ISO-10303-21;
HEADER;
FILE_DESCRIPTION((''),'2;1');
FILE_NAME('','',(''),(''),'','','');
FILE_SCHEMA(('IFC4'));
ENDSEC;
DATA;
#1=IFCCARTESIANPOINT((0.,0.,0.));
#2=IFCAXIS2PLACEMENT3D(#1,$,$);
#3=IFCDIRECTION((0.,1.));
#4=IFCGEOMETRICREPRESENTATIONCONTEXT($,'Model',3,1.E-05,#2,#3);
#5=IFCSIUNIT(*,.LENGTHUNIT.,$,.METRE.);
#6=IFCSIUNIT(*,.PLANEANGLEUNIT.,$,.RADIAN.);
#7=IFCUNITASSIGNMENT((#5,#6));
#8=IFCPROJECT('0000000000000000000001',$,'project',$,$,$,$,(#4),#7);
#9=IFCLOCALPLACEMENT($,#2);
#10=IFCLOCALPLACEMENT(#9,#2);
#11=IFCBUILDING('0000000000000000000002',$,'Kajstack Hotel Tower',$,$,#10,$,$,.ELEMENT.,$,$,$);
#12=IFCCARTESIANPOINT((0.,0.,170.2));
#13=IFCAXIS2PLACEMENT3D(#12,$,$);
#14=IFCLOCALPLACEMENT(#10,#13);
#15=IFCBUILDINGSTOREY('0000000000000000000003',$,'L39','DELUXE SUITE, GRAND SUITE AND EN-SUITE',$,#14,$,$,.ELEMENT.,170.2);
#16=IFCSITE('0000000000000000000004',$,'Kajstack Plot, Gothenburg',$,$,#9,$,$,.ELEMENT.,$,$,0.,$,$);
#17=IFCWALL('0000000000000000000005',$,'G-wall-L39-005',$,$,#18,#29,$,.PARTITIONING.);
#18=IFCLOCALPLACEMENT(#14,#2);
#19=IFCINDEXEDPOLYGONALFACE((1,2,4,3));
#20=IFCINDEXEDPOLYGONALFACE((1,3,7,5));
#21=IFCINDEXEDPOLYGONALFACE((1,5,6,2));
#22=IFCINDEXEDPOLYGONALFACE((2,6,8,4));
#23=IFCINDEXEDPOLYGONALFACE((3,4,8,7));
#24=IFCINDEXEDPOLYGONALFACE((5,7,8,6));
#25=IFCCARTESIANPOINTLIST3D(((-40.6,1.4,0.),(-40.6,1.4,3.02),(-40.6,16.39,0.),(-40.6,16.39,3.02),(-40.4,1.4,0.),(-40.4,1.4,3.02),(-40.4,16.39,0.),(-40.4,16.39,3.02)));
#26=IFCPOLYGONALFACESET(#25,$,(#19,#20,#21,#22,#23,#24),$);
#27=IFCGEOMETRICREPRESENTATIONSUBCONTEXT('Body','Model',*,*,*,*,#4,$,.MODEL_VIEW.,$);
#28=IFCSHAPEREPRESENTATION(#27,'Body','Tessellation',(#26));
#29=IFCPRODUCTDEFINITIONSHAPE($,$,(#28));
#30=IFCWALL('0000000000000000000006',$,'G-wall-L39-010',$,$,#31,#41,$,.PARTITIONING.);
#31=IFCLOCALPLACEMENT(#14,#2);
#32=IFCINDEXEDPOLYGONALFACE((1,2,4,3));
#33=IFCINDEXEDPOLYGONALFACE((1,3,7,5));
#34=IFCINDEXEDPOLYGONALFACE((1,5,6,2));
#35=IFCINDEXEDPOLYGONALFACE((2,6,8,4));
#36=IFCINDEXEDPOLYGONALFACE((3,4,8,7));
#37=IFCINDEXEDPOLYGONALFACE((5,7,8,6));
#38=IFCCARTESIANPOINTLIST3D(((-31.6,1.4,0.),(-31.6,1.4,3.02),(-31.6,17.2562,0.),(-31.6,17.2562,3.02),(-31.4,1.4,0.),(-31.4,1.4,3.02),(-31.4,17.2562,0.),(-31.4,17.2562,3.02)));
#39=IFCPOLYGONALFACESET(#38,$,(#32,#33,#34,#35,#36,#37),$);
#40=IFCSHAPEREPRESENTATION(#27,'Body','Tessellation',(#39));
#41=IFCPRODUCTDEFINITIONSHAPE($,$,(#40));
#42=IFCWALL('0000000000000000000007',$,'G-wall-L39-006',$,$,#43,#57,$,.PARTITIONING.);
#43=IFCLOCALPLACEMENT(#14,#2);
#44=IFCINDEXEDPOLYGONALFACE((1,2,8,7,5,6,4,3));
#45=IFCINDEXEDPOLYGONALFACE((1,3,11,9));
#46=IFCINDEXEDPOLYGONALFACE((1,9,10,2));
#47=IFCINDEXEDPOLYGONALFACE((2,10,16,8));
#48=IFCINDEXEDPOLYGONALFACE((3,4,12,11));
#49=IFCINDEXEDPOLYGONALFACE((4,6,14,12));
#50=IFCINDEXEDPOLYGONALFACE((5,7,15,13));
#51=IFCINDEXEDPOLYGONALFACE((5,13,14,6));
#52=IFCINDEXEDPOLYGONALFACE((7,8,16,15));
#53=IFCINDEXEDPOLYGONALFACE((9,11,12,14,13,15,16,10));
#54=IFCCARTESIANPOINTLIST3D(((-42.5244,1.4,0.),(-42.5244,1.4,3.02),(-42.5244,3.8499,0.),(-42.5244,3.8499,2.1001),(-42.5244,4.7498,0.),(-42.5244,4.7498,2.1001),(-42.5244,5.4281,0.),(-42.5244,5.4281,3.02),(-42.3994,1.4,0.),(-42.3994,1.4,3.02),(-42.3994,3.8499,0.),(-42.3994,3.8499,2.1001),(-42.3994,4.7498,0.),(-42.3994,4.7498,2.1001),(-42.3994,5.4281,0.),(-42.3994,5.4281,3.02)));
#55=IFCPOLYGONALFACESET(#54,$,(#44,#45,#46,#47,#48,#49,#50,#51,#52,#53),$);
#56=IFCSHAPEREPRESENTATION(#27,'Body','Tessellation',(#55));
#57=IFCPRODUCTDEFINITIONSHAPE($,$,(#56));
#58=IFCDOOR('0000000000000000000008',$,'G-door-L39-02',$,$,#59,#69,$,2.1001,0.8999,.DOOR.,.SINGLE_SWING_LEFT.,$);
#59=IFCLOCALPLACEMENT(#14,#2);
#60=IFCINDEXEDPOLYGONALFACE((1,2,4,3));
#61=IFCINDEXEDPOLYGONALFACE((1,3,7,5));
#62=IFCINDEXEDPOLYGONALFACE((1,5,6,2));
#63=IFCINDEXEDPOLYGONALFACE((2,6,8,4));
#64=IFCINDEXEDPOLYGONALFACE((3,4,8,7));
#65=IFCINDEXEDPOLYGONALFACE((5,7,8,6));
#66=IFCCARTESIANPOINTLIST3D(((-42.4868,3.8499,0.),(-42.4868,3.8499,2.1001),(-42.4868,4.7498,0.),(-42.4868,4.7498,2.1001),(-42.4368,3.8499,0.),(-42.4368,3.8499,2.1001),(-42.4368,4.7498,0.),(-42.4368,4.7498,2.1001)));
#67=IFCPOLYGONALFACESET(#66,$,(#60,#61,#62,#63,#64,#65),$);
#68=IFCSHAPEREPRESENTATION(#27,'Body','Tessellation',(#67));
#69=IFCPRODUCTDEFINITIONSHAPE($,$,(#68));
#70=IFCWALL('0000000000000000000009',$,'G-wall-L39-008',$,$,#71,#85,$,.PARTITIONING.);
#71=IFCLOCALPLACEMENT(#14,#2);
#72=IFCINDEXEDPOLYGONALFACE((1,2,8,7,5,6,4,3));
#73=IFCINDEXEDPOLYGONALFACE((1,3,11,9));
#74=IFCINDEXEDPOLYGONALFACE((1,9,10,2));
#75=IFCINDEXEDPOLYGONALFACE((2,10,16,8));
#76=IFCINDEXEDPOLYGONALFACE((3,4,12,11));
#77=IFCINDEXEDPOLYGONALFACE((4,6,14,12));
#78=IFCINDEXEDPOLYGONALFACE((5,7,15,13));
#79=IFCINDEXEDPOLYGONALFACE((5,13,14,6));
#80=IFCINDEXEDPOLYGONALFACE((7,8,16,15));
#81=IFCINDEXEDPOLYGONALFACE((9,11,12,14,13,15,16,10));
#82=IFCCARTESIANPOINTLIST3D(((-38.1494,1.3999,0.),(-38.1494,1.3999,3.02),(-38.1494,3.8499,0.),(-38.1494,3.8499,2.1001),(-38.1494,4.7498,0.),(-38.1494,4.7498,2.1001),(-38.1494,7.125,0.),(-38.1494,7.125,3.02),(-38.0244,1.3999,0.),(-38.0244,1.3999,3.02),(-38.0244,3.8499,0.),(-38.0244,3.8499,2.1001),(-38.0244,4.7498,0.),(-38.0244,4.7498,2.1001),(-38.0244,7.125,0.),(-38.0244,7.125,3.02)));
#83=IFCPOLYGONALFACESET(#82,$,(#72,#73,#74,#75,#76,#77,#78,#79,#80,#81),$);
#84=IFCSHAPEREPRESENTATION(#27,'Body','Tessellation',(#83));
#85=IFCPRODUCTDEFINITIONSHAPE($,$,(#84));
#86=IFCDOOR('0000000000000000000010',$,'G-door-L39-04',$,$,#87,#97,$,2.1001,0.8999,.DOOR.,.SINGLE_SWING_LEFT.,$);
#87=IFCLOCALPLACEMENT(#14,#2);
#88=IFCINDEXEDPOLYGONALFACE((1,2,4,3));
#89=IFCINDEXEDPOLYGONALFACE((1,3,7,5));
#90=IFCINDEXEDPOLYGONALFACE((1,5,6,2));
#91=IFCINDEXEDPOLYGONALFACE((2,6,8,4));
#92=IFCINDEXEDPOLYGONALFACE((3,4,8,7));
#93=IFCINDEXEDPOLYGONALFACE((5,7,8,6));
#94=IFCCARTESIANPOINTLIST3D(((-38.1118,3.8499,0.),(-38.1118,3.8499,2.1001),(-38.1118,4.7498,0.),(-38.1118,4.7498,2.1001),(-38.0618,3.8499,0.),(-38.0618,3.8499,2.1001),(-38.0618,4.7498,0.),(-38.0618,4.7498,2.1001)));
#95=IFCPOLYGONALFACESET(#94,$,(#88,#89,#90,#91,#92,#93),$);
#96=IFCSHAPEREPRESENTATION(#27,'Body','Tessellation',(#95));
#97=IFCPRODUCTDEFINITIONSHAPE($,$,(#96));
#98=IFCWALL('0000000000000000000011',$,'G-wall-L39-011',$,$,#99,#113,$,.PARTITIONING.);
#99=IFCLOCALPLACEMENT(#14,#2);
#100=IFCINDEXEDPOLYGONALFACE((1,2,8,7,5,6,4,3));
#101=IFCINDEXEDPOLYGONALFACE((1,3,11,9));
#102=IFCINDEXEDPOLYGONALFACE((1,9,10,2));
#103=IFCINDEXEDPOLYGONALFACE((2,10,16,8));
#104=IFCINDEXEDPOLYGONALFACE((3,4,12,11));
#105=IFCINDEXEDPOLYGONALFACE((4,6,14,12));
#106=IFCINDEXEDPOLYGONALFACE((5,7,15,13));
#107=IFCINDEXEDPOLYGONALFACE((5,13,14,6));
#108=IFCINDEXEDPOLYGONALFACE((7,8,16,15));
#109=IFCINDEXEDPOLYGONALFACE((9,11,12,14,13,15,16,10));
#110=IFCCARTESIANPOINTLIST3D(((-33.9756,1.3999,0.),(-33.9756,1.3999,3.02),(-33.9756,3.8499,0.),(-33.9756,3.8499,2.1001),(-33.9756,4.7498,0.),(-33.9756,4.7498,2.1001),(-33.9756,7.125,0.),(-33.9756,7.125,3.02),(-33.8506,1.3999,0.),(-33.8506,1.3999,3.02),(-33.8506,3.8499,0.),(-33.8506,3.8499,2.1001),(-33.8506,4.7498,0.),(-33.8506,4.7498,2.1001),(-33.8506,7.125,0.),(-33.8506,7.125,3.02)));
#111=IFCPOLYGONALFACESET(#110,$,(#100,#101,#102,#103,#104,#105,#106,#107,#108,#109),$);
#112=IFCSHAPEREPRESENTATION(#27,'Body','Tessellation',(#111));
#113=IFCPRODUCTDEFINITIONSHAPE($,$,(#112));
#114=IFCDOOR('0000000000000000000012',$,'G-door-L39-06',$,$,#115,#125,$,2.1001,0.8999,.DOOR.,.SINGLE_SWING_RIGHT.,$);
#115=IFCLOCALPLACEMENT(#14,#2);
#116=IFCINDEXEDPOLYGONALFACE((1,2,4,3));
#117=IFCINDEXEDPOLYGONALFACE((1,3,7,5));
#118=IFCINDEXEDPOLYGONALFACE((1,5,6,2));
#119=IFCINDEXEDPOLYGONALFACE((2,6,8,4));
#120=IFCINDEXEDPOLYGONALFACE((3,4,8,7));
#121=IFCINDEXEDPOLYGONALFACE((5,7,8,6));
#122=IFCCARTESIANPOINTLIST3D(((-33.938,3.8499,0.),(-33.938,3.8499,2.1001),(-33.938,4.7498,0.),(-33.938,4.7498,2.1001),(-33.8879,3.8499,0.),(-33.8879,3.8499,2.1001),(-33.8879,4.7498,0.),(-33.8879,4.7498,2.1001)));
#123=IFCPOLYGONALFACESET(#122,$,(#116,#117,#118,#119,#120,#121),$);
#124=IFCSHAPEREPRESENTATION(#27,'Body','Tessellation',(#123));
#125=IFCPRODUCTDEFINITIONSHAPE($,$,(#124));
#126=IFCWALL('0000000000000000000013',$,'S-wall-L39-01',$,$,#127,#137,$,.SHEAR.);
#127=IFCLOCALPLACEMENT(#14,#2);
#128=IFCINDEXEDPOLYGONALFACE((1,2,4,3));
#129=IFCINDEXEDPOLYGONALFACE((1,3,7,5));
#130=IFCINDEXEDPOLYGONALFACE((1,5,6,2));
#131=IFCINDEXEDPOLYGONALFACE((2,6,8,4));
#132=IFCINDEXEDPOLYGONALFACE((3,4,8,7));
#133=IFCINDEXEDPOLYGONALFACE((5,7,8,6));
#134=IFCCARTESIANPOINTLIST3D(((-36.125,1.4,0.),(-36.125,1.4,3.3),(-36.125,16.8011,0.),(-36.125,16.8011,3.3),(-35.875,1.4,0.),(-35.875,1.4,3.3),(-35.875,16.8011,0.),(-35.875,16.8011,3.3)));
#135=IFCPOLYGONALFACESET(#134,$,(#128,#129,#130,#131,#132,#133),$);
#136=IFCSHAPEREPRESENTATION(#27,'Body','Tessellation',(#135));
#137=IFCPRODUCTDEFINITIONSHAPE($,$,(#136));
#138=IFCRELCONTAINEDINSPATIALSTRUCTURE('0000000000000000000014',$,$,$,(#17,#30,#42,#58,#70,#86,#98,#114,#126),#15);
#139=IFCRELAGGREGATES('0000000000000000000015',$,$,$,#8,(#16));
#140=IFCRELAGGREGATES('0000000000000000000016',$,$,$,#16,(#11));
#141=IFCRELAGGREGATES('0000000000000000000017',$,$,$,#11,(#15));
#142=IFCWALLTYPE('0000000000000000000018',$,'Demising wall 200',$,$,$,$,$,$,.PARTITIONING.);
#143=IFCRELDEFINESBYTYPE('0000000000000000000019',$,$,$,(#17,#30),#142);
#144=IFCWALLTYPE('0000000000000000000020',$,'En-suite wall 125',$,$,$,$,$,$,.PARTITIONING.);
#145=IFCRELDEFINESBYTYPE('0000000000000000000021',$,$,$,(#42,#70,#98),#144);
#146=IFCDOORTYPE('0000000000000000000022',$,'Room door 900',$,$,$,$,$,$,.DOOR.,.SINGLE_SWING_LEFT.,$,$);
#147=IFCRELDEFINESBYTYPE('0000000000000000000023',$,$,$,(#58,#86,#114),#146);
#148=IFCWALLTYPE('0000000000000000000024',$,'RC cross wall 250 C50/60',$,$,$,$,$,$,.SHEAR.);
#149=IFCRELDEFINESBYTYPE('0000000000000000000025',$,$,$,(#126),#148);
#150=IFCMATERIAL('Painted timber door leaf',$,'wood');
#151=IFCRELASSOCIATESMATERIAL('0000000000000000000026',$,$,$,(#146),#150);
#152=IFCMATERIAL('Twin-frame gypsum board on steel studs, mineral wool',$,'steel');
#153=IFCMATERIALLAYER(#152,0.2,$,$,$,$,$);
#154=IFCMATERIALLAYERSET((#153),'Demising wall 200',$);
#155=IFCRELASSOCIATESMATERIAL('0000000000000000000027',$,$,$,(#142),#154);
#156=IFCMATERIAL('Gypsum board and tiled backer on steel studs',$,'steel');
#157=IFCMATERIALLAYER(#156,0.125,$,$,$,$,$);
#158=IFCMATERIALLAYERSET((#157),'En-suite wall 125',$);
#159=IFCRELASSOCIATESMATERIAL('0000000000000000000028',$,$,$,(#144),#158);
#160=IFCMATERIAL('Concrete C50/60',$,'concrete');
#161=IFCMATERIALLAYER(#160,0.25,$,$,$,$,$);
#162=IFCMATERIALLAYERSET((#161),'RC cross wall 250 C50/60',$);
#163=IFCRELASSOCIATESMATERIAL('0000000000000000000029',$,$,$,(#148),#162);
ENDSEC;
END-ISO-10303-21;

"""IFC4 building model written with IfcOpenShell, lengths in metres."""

from ifc_helpers import new_model, si_unit, direction, frame, frame_2d, origin, place, context, subcontext, project, spatial, rectangle, extrude, material, layer, layer_set, type_object, element, fill, save


model = new_model("IFC4")

# Units and contexts
model_context = context("Model", 3, precision=1e-05, world=origin(), true_north=direction((0.0, 1.0)))
body_context = subcontext(model_context, "Body", "Model", "MODEL_VIEW")
ifc_project = project(units=[si_unit("LENGTHUNIT", "METRE"), si_unit("PLANEANGLEUNIT", "RADIAN")], contexts=[model_context])

# Site, building, storey
site_placement = place(None, origin())
site = spatial("IfcSite", under=ifc_project, at=site_placement, Name="Kajstack Plot, Gothenburg", CompositionType="ELEMENT", RefElevation=0.0)
building_placement = place(site_placement, origin())
building = spatial("IfcBuilding", under=site, at=building_placement, Name="Kajstack Hotel Tower", CompositionType="ELEMENT")
storey_placement = place(building_placement, frame((0.0, 0.0, 170.2)))
storey = spatial("IfcBuildingStorey", under=building, at=storey_placement, Name="L39", Description="DELUXE SUITE, GRAND SUITE AND EN-SUITE", CompositionType="ELEMENT", Elevation=170.2)

# Shared definitions
ifc_material_1 = material(Name="Painted timber door leaf", Category="wood")
door_type_1 = type_object("IfcDoorType", Name="Room door 900", OperationType="SINGLE_SWING_LEFT", PredefinedType="DOOR", material=ifc_material_1)

# Walls
ifc_material_2 = material(Name="Twin-frame gypsum board on steel studs, mineral wool", Category="steel")
ifc_layer_1 = layer(ifc_material_2, 0.2)
ifc_layer_set_1 = layer_set([ifc_layer_1], Name="Demising wall 200")
wall_type_1 = type_object("IfcWallType", Name="Demising wall 200", PredefinedType="PARTITIONING", material=ifc_layer_set_1)
wall_1_placement = place(storey_placement, frame((-40.5, 1.3999, 0.0), z_axis=(0.0, 0.0, 1.0), x_axis=(0.0, 1.0, 0.0)))
element("IfcWall", 1, at=wall_1_placement, inside=storey, type_object=wall_type_1, Name="G-wall-L39-005", PredefinedType="PARTITIONING", context=body_context, shape_type="SweptSolid", body=[
    extrude(rectangle(XDim=14.99, YDim=0.2, at=frame_2d((7.4951, 0.0))), origin(), (0.0, 0.0, 1.0), 3.02),
])
wall_2_placement = place(storey_placement, frame((-31.5, 1.3999, 0.0), z_axis=(0.0, 0.0, 1.0), x_axis=(0.0, 1.0, 0.0)))
element("IfcWall", 2, at=wall_2_placement, inside=storey, type_object=wall_type_1, Name="G-wall-L39-010", PredefinedType="PARTITIONING", context=body_context, shape_type="SweptSolid", body=[
    extrude(rectangle(XDim=15.8562, YDim=0.2, at=frame_2d((7.9282, 0.0))), origin(), (0.0, 0.0, 1.0), 3.02),
])

# Walls, openings, doors
ifc_material_3 = material(Name="Gypsum board and tiled backer on steel studs", Category="steel")
ifc_layer_2 = layer(ifc_material_3, 0.125)
ifc_layer_set_2 = layer_set([ifc_layer_2], Name="En-suite wall 125")
wall_type_2 = type_object("IfcWallType", Name="En-suite wall 125", PredefinedType="PARTITIONING", material=ifc_layer_set_2)
wall_3_placement = place(storey_placement, frame((-42.4619, 1.3999, 0.0), z_axis=(0.0, 0.0, 1.0), x_axis=(0.0, 1.0, 0.0)))
wall_3 = element("IfcWall", 3, at=wall_3_placement, inside=storey, type_object=wall_type_2, Name="G-wall-L39-006", PredefinedType="PARTITIONING", context=body_context, shape_type="SweptSolid", body=[
    extrude(rectangle(XDim=4.0281, YDim=0.125, at=frame_2d((2.0142, 0.0))), origin(), (0.0, 0.0, 1.0), 3.02),
])
opening_1_placement = place(wall_3_placement, frame((2.45, 0.0, 0.0)))
opening_1 = element("IfcOpeningElement", 4, at=opening_1_placement, cuts=wall_3, PredefinedType="OPENING", context=body_context, shape_type="SweptSolid", body=[
    extrude(rectangle(XDim=0.8999, YDim=2.1001, at=frame_2d((0.45, 1.05))), frame((0.0, 0.0725, 0.0), z_axis=(0.0, -1.0, 0.0), x_axis=(1.0, 0.0, 0.0)), (0.0, 0.0, 1.0), 0.145),
])
door_1_placement = place(opening_1_placement, origin())
door_1 = element("IfcDoor", 5, at=door_1_placement, inside=storey, type_object=door_type_1, Name="G-door-L39-02", OperationType="SINGLE_SWING_LEFT", OverallHeight=2.1001, OverallWidth=0.8999, PredefinedType="DOOR", context=body_context, shape_type="SweptSolid", body=[
    extrude(rectangle(XDim=0.8999, YDim=2.1001, at=frame_2d((0.45, 1.05))), frame((0.0, 0.0249, 0.0), z_axis=(0.0, -1.0, 0.0), x_axis=(1.0, 0.0, 0.0)), (0.0, 0.0, 1.0), 0.05),
])
fill(opening_1, door_1)
wall_4_placement = place(storey_placement, frame((-38.0869, 1.3999, 0.0), z_axis=(0.0, 0.0, 1.0), x_axis=(0.0, 1.0, 0.0)))
wall_4 = element("IfcWall", 6, at=wall_4_placement, inside=storey, type_object=wall_type_2, Name="G-wall-L39-008", PredefinedType="PARTITIONING", context=body_context, shape_type="SweptSolid", body=[
    extrude(rectangle(XDim=5.7251, YDim=0.125, at=frame_2d((2.8625, 0.0))), origin(), (0.0, 0.0, 1.0), 3.02),
])
opening_2_placement = place(wall_4_placement, frame((2.45, 0.0, 0.0)))
opening_2 = element("IfcOpeningElement", 7, at=opening_2_placement, cuts=wall_4, PredefinedType="OPENING", context=body_context, shape_type="SweptSolid", body=[
    extrude(rectangle(XDim=0.8999, YDim=2.1001, at=frame_2d((0.45, 1.05))), frame((0.0, 0.0725, 0.0), z_axis=(0.0, -1.0, 0.0), x_axis=(1.0, 0.0, 0.0)), (0.0, 0.0, 1.0), 0.145),
])
door_2_placement = place(opening_2_placement, origin())
door_2 = element("IfcDoor", 8, at=door_2_placement, inside=storey, type_object=door_type_1, Name="G-door-L39-04", OperationType="SINGLE_SWING_LEFT", OverallHeight=2.1001, OverallWidth=0.8999, PredefinedType="DOOR", context=body_context, shape_type="SweptSolid", body=[
    extrude(rectangle(XDim=0.8999, YDim=2.1001, at=frame_2d((0.45, 1.05))), frame((0.0, 0.0249, 0.0), z_axis=(0.0, -1.0, 0.0), x_axis=(1.0, 0.0, 0.0)), (0.0, 0.0, 1.0), 0.05),
])
fill(opening_2, door_2)
wall_5_placement = place(storey_placement, frame((-33.9131, 1.3999, 0.0), z_axis=(0.0, 0.0, 1.0), x_axis=(0.0, 1.0, 0.0)))
wall_5 = element("IfcWall", 9, at=wall_5_placement, inside=storey, type_object=wall_type_2, Name="G-wall-L39-011", PredefinedType="PARTITIONING", context=body_context, shape_type="SweptSolid", body=[
    extrude(rectangle(XDim=5.7251, YDim=0.125, at=frame_2d((2.8625, 0.0))), origin(), (0.0, 0.0, 1.0), 3.02),
])
opening_3_placement = place(wall_5_placement, frame((2.45, 0.0, 0.0)))
opening_3 = element("IfcOpeningElement", 10, at=opening_3_placement, cuts=wall_5, PredefinedType="OPENING", context=body_context, shape_type="SweptSolid", body=[
    extrude(rectangle(XDim=0.8999, YDim=2.1001, at=frame_2d((0.45, 1.05))), frame((0.0, 0.0725, 0.0), z_axis=(0.0, -1.0, 0.0), x_axis=(1.0, 0.0, 0.0)), (0.0, 0.0, 1.0), 0.145),
])
door_3_placement = place(opening_3_placement, origin())
door_3 = element("IfcDoor", 11, at=door_3_placement, inside=storey, type_object=door_type_1, Name="G-door-L39-06", OperationType="SINGLE_SWING_RIGHT", OverallHeight=2.1001, OverallWidth=0.8999, PredefinedType="DOOR", context=body_context, shape_type="SweptSolid", body=[
    extrude(rectangle(XDim=0.8999, YDim=2.1001, at=frame_2d((0.45, 1.05))), frame((0.0, 0.0249, 0.0), z_axis=(0.0, -1.0, 0.0), x_axis=(1.0, 0.0, 0.0)), (0.0, 0.0, 1.0), 0.05),
])
fill(opening_3, door_3)

# Wall
ifc_material_4 = material(Name="Concrete C50/60", Category="concrete")
ifc_layer_3 = layer(ifc_material_4, 0.25)
ifc_layer_set_3 = layer_set([ifc_layer_3], Name="RC cross wall 250 C50/60")
wall_type_3 = type_object("IfcWallType", Name="RC cross wall 250 C50/60", PredefinedType="SHEAR", material=ifc_layer_set_3)
wall_6_placement = place(storey_placement, frame((-36.0, 1.3999, 0.0), z_axis=(0.0, 0.0, 1.0), x_axis=(0.0, 1.0, 0.0)))
element("IfcWall", 12, at=wall_6_placement, inside=storey, type_object=wall_type_3, Name="S-wall-L39-01", PredefinedType="SHEAR", context=body_context, shape_type="SweptSolid", body=[
    extrude(rectangle(XDim=15.4011, YDim=0.25, at=frame_2d((7.7007, 0.0))), origin(), (0.0, 0.0, 1.0), 3.3),
])

save(model, "model.ifc")
